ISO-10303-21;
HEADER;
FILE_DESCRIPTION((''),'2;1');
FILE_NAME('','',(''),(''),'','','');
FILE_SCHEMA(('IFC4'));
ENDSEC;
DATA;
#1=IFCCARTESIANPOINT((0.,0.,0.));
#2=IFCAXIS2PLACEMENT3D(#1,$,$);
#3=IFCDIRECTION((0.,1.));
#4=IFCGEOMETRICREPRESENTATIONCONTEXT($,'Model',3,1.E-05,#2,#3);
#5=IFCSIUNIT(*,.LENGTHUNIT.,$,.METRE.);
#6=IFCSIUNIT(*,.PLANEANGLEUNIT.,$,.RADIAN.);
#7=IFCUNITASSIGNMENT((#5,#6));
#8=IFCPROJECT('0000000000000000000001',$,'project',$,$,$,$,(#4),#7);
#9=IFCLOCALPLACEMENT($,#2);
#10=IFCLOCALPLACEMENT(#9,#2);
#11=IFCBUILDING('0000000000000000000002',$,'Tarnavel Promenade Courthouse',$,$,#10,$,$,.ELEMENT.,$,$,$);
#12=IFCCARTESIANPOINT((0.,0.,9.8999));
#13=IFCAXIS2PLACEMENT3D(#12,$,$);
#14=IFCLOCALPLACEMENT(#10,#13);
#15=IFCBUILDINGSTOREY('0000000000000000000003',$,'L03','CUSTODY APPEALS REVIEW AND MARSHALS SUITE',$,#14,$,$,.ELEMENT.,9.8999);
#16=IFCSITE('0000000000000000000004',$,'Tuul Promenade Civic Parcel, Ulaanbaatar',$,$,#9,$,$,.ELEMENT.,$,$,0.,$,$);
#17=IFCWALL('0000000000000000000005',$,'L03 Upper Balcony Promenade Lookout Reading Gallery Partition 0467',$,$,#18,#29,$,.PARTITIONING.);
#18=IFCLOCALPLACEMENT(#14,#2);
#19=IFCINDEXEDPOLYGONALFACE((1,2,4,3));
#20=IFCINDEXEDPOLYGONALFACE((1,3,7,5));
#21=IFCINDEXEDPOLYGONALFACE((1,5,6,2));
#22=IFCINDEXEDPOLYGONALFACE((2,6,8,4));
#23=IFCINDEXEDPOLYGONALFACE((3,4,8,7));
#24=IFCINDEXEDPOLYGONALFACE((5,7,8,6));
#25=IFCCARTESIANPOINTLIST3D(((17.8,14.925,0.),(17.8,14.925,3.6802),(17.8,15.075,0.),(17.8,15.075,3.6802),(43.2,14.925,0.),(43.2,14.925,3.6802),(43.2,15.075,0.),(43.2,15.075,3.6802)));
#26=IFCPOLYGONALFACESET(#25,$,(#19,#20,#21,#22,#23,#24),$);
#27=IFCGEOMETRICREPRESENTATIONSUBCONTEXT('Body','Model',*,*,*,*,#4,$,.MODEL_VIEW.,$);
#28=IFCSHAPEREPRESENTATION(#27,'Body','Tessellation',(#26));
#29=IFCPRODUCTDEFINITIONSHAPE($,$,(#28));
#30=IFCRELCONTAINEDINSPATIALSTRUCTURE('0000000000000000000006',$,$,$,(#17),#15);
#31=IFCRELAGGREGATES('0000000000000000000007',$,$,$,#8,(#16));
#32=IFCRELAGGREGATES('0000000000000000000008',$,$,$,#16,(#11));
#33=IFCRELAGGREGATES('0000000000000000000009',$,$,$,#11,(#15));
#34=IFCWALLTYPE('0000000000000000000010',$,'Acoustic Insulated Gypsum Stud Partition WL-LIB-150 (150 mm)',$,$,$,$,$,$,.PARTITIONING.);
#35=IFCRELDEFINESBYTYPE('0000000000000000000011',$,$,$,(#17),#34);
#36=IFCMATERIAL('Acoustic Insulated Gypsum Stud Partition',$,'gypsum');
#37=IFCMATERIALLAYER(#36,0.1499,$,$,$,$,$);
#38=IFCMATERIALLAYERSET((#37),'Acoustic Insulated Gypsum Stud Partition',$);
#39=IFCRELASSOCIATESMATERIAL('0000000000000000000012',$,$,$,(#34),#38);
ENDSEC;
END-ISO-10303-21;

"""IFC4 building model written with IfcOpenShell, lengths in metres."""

from ifc_helpers import new_model, si_unit, direction, frame, frame_2d, origin, place, context, subcontext, project, spatial, rectangle, extrude, material, layer, layer_set, type_object, element, save


model = new_model("IFC4")

# Units and contexts
model_context = context("Model", 3, precision=1e-05, world=origin(), true_north=direction((0.0, 1.0)))
body_context = subcontext(model_context, "Body", "Model", "MODEL_VIEW")
ifc_project = project(units=[si_unit("LENGTHUNIT", "METRE"), si_unit("PLANEANGLEUNIT", "RADIAN")], contexts=[model_context])

# Site, building, storey
site_placement = place(None, origin())
site = spatial("IfcSite", under=ifc_project, at=site_placement, Name="Tuul Promenade Civic Parcel, Ulaanbaatar", CompositionType="ELEMENT", RefElevation=0.0)
building_placement = place(site_placement, origin())
building = spatial("IfcBuilding", under=site, at=building_placement, Name="Tarnavel Promenade Courthouse", CompositionType="ELEMENT")
storey_placement = place(building_placement, frame((0.0, 0.0, 9.8999)))
storey = spatial("IfcBuildingStorey", under=building, at=storey_placement, Name="L03", Description="CUSTODY APPEALS REVIEW AND MARSHALS SUITE", CompositionType="ELEMENT", Elevation=9.8999)

# Wall
ifc_material_1 = material(Name="Acoustic Insulated Gypsum Stud Partition", Category="gypsum")
ifc_layer_1 = layer(ifc_material_1, 0.1499)
ifc_layer_set_1 = layer_set([ifc_layer_1], Name="Acoustic Insulated Gypsum Stud Partition")
wall_type = type_object("IfcWallType", Name="Acoustic Insulated Gypsum Stud Partition WL-LIB-150 (150 mm)", PredefinedType="PARTITIONING", material=ifc_layer_set_1)
wall_placement = place(storey_placement, frame((43.2, 15.0, 0.0), z_axis=(0.0, 0.0, 1.0), x_axis=(-1.0, 0.0, 0.0)))
element("IfcWall", 1, at=wall_placement, inside=storey, type_object=wall_type, Name="L03 Upper Balcony Promenade Lookout Reading Gallery Partition 0467", PredefinedType="PARTITIONING", context=body_context, shape_type="SweptSolid", body=[
    extrude(rectangle(XDim=25.3999, YDim=0.1499, at=frame_2d((12.7, 0.0))), origin(), (0.0, 0.0, 1.0), 3.6802),
])

save(model, "model.ifc")
